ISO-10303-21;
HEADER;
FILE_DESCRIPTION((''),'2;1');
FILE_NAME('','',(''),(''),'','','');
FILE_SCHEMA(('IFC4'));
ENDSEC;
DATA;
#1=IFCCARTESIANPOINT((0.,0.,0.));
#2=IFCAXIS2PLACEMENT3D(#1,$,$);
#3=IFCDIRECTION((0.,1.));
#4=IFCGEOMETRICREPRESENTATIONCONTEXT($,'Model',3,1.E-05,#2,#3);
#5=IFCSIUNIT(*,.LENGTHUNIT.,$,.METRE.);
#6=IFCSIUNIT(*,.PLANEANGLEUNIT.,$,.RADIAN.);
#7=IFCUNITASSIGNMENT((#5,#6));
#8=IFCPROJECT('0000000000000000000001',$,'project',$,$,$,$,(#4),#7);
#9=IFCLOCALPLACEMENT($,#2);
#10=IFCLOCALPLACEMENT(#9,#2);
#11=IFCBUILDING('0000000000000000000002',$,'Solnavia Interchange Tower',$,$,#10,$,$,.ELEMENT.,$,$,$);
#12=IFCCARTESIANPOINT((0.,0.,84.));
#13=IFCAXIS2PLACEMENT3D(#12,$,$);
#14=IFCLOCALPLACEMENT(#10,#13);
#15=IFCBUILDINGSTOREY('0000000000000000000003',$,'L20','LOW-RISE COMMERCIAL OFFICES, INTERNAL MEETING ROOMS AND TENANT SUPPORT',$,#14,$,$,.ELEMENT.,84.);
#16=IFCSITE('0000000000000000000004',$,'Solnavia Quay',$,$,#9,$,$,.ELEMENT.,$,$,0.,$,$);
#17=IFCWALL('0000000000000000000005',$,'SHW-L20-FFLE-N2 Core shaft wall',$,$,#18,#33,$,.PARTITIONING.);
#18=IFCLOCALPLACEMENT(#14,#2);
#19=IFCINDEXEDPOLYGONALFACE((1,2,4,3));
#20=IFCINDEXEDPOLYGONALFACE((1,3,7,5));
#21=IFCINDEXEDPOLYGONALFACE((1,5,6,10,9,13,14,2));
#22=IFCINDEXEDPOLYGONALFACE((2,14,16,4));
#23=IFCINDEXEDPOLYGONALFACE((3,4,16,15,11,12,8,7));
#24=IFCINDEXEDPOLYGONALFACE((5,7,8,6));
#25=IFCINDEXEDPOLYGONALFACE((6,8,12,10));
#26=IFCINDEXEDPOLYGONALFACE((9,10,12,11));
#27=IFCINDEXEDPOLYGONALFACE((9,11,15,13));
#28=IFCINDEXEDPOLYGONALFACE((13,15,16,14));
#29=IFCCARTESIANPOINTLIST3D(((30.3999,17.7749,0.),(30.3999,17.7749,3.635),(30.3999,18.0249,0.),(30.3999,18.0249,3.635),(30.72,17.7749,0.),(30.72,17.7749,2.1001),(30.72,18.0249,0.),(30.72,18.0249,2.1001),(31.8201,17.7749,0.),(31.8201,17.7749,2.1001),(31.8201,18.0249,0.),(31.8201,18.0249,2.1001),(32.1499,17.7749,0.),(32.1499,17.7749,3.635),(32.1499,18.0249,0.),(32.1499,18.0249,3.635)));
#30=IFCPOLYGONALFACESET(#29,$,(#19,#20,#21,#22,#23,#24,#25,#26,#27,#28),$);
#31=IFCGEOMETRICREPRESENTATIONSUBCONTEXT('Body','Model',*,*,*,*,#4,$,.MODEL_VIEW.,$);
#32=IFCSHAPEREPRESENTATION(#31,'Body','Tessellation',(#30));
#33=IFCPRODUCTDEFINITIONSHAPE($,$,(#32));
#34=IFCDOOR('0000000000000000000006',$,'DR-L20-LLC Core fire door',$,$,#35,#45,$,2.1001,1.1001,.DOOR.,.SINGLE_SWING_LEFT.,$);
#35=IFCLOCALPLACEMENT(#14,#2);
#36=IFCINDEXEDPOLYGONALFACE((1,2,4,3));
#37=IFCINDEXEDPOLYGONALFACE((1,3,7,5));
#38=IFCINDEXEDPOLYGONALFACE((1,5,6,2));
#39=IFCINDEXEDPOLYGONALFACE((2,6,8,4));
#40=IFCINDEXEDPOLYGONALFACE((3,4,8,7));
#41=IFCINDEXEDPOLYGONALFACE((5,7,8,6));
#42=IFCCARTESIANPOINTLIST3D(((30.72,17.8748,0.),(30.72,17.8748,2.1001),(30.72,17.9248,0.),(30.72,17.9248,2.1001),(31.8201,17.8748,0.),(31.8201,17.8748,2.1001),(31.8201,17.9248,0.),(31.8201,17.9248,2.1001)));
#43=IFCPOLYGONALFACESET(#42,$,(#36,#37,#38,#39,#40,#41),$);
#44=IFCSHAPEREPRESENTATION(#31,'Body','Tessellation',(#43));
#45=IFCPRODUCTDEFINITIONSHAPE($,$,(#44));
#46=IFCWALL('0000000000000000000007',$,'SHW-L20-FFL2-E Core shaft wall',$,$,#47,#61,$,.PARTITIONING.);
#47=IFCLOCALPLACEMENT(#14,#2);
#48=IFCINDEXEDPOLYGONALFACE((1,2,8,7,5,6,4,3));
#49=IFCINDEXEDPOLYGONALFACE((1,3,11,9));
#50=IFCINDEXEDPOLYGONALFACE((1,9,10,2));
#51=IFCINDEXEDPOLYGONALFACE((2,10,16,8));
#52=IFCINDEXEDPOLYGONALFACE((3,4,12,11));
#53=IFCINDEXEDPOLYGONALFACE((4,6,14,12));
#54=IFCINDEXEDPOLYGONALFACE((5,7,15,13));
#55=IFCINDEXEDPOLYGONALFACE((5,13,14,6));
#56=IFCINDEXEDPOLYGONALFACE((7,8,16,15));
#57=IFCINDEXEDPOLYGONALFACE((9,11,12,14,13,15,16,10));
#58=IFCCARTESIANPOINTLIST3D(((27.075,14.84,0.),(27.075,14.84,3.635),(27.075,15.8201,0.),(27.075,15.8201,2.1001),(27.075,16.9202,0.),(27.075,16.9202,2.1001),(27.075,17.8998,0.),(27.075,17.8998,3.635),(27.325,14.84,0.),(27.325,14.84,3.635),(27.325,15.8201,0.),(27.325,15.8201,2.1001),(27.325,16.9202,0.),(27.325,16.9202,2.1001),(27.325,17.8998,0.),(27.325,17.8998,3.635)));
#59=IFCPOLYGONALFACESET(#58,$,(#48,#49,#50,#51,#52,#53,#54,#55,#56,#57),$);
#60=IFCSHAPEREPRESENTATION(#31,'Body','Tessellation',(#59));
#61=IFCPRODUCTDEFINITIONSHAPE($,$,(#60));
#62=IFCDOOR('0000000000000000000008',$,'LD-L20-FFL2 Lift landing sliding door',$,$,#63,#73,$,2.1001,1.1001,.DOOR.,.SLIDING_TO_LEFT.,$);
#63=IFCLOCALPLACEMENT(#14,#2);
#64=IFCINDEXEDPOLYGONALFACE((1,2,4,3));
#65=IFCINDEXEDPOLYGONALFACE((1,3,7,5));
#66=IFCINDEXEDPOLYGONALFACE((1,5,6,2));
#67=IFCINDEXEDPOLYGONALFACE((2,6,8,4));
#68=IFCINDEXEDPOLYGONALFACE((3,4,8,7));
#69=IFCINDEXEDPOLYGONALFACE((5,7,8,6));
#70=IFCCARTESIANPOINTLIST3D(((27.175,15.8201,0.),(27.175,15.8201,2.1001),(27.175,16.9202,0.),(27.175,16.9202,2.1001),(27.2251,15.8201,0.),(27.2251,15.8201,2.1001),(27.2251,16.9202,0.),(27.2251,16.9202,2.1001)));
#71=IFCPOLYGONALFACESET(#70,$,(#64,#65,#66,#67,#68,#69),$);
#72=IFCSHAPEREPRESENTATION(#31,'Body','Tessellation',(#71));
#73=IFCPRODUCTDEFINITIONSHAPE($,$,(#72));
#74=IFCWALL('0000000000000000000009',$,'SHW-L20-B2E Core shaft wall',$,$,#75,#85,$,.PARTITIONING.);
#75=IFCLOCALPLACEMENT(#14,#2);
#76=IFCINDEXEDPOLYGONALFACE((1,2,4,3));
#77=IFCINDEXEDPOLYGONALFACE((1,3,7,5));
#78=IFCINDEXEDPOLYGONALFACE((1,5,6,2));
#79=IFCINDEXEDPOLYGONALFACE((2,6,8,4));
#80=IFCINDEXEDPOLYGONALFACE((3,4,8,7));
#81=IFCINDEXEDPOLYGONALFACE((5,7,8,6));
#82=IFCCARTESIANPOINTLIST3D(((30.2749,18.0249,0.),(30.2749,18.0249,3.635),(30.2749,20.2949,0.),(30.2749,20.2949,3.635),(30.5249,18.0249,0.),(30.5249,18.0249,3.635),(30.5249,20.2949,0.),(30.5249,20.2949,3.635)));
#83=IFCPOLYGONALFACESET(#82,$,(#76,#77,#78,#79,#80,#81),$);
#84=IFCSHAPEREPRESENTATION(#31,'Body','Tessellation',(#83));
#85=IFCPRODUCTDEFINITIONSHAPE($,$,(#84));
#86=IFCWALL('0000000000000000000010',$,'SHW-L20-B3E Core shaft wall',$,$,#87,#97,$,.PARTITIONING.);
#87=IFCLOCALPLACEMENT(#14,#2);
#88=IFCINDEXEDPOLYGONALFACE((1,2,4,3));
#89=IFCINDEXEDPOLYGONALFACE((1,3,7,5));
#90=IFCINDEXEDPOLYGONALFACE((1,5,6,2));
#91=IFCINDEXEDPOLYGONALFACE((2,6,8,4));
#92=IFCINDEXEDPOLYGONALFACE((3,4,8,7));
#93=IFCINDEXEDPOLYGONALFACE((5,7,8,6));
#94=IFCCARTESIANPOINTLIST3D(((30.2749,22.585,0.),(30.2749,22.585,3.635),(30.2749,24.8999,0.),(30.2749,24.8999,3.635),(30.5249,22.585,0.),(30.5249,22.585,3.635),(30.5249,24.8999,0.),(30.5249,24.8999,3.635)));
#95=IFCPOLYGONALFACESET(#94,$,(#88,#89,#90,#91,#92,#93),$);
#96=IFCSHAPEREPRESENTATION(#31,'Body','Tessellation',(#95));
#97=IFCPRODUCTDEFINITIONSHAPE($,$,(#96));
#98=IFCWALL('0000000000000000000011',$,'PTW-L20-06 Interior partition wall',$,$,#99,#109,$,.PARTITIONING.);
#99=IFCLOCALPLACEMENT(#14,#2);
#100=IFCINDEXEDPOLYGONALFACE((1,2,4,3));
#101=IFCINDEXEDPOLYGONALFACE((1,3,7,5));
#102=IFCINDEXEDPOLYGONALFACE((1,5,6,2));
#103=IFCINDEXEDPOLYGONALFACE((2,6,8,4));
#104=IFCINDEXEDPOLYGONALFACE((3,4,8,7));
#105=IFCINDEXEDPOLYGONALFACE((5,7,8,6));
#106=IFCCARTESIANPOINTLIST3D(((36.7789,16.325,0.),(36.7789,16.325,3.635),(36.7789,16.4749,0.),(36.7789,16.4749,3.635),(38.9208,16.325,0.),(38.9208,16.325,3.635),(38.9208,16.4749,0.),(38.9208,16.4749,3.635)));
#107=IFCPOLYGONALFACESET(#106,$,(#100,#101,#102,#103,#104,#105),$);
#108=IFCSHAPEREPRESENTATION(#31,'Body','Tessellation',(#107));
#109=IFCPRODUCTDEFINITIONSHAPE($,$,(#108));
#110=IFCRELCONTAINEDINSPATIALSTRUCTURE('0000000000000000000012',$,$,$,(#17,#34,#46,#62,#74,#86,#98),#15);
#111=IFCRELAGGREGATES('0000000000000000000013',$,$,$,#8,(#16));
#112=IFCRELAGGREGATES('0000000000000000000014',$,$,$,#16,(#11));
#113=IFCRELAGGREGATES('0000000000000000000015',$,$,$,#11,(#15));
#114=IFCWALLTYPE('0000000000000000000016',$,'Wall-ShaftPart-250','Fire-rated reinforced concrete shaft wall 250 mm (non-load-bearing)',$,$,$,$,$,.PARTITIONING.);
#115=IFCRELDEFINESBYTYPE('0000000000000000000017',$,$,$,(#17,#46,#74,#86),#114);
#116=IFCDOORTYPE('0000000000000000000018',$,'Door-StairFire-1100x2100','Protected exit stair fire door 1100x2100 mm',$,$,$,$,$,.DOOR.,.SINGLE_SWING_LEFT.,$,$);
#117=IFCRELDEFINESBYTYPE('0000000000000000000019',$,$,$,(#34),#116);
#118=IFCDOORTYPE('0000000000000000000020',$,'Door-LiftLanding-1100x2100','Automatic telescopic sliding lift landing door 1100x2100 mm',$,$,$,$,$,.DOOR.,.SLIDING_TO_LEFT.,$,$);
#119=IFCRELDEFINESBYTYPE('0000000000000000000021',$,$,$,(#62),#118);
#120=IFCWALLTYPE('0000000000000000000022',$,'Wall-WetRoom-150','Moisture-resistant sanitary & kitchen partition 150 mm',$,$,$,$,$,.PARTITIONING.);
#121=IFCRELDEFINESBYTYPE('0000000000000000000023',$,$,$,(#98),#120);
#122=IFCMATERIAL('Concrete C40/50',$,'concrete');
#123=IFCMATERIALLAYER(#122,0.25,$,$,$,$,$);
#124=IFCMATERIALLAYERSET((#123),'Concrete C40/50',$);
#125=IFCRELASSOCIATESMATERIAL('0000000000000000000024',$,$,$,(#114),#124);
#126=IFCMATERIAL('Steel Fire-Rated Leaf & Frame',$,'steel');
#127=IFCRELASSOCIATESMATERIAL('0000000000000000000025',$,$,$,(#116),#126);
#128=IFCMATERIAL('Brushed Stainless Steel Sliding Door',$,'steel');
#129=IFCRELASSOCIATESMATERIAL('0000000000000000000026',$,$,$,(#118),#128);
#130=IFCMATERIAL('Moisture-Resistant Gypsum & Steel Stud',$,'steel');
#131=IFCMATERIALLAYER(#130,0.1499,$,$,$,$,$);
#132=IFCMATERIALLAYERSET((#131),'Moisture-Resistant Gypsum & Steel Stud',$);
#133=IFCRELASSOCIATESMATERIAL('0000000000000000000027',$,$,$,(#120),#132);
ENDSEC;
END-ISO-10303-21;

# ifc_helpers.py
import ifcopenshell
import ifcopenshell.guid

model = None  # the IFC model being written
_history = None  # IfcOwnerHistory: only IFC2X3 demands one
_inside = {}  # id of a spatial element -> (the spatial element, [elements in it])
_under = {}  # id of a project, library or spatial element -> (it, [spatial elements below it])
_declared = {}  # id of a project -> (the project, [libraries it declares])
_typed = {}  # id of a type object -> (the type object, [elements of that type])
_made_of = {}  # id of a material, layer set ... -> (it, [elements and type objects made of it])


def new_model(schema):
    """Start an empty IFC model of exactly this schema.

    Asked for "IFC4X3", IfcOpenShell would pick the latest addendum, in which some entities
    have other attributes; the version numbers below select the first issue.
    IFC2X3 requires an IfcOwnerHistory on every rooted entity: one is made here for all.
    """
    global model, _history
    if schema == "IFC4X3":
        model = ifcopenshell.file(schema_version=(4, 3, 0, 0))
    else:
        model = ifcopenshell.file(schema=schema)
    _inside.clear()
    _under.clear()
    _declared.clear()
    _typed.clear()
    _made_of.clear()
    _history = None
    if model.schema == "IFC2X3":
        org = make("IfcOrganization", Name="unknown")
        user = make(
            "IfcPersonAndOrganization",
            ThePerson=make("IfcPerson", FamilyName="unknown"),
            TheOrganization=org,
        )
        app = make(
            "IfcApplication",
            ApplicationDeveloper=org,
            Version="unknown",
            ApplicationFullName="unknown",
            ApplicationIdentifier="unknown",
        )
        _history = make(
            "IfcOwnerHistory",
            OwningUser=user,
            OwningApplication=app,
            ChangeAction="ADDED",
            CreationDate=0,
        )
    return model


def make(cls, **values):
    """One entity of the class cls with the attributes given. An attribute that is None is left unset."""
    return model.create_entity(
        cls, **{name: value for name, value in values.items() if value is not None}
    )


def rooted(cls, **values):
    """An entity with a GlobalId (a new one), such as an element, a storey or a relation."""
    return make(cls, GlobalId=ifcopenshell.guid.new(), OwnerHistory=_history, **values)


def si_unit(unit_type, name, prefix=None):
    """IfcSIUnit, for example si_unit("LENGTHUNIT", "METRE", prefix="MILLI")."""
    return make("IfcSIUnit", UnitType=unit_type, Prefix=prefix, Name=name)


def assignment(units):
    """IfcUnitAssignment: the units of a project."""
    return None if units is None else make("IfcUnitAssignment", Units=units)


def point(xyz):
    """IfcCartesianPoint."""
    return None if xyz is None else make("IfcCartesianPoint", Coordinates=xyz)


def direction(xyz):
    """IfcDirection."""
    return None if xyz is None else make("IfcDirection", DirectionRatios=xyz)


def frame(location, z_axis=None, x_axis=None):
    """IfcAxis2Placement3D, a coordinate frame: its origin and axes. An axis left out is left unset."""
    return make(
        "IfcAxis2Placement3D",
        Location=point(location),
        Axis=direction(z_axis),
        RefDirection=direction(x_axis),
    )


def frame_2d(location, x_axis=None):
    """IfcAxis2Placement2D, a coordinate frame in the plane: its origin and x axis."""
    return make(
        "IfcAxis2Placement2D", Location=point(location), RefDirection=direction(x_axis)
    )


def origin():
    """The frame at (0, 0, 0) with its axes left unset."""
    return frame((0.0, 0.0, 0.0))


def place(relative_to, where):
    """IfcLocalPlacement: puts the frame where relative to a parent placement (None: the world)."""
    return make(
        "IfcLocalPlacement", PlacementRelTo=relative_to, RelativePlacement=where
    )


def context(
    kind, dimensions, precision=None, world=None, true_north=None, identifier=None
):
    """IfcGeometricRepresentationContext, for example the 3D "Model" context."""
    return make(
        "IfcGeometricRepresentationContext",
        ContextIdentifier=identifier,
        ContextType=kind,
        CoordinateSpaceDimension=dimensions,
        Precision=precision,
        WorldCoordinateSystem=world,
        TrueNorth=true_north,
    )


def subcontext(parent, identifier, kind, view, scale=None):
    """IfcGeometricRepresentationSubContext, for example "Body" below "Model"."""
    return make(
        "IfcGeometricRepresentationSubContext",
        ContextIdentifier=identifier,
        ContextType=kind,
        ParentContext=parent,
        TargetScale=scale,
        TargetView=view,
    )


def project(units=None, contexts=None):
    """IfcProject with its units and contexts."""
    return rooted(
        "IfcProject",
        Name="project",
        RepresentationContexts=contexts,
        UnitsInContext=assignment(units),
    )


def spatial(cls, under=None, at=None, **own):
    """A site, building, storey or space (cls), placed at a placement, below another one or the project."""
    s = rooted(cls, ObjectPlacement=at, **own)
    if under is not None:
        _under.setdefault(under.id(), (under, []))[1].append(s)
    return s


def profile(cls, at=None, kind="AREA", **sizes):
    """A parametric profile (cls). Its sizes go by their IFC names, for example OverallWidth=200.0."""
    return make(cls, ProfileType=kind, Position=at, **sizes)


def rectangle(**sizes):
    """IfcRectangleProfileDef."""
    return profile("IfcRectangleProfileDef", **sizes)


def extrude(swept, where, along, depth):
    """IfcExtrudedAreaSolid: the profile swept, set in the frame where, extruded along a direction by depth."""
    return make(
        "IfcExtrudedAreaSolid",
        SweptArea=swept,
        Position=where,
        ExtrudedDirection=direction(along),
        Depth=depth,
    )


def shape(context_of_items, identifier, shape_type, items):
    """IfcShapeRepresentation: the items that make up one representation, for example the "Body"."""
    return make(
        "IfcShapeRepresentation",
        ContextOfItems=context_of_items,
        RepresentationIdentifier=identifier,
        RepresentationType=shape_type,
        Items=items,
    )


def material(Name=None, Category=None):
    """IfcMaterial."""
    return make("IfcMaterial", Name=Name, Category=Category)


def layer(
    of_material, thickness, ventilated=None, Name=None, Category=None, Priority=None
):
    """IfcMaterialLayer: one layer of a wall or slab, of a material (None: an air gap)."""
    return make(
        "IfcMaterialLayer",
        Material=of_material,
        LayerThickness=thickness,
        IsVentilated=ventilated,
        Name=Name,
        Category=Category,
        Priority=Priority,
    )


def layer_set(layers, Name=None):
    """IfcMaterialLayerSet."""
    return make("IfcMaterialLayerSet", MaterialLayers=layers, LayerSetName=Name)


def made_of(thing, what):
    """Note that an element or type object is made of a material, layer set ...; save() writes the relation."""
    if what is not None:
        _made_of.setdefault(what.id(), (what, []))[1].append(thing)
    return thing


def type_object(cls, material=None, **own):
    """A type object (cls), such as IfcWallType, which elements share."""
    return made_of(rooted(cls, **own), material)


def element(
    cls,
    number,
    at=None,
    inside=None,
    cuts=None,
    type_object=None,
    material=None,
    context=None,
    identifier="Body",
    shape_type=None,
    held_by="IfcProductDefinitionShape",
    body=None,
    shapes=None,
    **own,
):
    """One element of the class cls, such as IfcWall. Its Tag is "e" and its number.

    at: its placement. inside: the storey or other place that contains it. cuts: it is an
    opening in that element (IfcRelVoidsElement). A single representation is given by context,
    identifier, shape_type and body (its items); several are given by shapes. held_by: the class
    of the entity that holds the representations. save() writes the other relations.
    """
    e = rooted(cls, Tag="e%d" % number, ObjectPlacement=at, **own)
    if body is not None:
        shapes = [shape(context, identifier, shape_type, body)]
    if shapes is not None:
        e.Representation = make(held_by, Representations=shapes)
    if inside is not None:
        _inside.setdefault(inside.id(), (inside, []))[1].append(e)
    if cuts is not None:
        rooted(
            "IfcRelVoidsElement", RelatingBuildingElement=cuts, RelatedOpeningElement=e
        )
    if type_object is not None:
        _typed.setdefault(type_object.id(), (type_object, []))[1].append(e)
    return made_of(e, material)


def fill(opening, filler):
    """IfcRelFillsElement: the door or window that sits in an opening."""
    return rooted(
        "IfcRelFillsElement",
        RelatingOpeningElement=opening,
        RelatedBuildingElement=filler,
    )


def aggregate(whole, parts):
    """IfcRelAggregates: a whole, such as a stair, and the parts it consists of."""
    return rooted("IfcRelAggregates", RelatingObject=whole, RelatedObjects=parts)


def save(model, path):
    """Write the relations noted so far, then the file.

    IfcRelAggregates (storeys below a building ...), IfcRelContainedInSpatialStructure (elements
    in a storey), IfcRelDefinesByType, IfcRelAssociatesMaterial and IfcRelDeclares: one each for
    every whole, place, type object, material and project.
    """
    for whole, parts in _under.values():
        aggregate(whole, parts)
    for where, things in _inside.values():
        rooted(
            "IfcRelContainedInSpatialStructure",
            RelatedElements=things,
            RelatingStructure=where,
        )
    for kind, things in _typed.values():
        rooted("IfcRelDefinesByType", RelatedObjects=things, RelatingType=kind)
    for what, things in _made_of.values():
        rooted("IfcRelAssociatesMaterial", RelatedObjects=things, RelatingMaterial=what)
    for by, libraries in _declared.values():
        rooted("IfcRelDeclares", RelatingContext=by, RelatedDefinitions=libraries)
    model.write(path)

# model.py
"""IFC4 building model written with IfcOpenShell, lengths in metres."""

from ifc_helpers import new_model, si_unit, direction, frame, frame_2d, origin, place, context, subcontext, project, spatial, rectangle, extrude, material, layer, layer_set, type_object, element, fill, save


model = new_model("IFC4")

# Units and contexts
model_context = context("Model", 3, precision=1e-05, world=origin(), true_north=direction((0.0, 1.0)))
body_context = subcontext(model_context, "Body", "Model", "MODEL_VIEW")
ifc_project = project(units=[si_unit("LENGTHUNIT", "METRE"), si_unit("PLANEANGLEUNIT", "RADIAN")], contexts=[model_context])

# Site, building, storey
site_placement = place(None, origin())
site = spatial("IfcSite", under=ifc_project, at=site_placement, Name="Solnavia Quay", CompositionType="ELEMENT", RefElevation=0.0)
building_placement = place(site_placement, origin())
building = spatial("IfcBuilding", under=site, at=building_placement, Name="Solnavia Interchange Tower", CompositionType="ELEMENT")
storey_placement = place(building_placement, frame((0.0, 0.0, 84.0)))
storey = spatial("IfcBuildingStorey", under=building, at=storey_placement, Name="L20", Description="LOW-RISE COMMERCIAL OFFICES, INTERNAL MEETING ROOMS AND TENANT SUPPORT", CompositionType="ELEMENT", Elevation=84.0)

# Shared definitions
ifc_material_1 = material(Name="Concrete C40/50", Category="concrete")

# Walls, openings, doors
ifc_layer_1 = layer(ifc_material_1, 0.25)
ifc_layer_set_1 = layer_set([ifc_layer_1], Name="Concrete C40/50")
wall_type_1 = type_object("IfcWallType", Name="Wall-ShaftPart-250", Description="Fire-rated reinforced concrete shaft wall 250 mm (non-load-bearing)", PredefinedType="PARTITIONING", material=ifc_layer_set_1)
wall_1_placement = place(storey_placement, frame((30.3999, 17.8999, 0.0), z_axis=(0.0, 0.0, 1.0), x_axis=(1.0, 0.0, 0.0)))
wall_1 = element("IfcWall", 1, at=wall_1_placement, inside=storey, type_object=wall_type_1, Name="SHW-L20-FFLE-N2 Core shaft wall", PredefinedType="PARTITIONING", context=body_context, shape_type="SweptSolid", body=[
    extrude(rectangle(XDim=1.75, YDim=0.25, at=frame_2d((0.875, 0.0))), origin(), (0.0, 0.0, 1.0), 3.635),
])
opening_1_placement = place(wall_1_placement, frame((0.3201, 0.0, 0.0)))
opening_1 = element("IfcOpeningElement", 2, at=opening_1_placement, cuts=wall_1, PredefinedType="OPENING", context=body_context, shape_type="SweptSolid", body=[
    extrude(rectangle(XDim=1.1001, YDim=2.1001, at=frame_2d((0.55, 1.05))), frame((0.0, 0.135, 0.0), z_axis=(0.0, -1.0, 0.0), x_axis=(1.0, 0.0, 0.0)), (0.0, 0.0, 1.0), 0.27),
])
ifc_material_2 = material(Name="Steel Fire-Rated Leaf & Frame", Category="steel")
door_type_1 = type_object("IfcDoorType", Name="Door-StairFire-1100x2100", Description="Protected exit stair fire door 1100x2100 mm", OperationType="SINGLE_SWING_LEFT", PredefinedType="DOOR", material=ifc_material_2)
door_1_placement = place(opening_1_placement, origin())
door_1 = element("IfcDoor", 3, at=door_1_placement, inside=storey, type_object=door_type_1, Name="DR-L20-LLC Core fire door", OperationType="SINGLE_SWING_LEFT", OverallHeight=2.1001, OverallWidth=1.1001, PredefinedType="DOOR", context=body_context, shape_type="SweptSolid", body=[
    extrude(rectangle(XDim=1.1001, YDim=2.1001, at=frame_2d((0.55, 1.05))), frame((0.0, 0.0249, 0.0), z_axis=(0.0, -1.0, 0.0), x_axis=(1.0, 0.0, 0.0)), (0.0, 0.0, 1.0), 0.05),
])
fill(opening_1, door_1)
wall_2_placement = place(storey_placement, frame((27.2, 14.8401, 0.0), z_axis=(0.0, 0.0, 1.0), x_axis=(0.0, 1.0, 0.0)))
wall_2 = element("IfcWall", 4, at=wall_2_placement, inside=storey, type_object=wall_type_1, Name="SHW-L20-FFL2-E Core shaft wall", PredefinedType="PARTITIONING", context=body_context, shape_type="SweptSolid", body=[
    extrude(rectangle(XDim=3.0598, YDim=0.25, at=frame_2d((1.5298, 0.0))), origin(), (0.0, 0.0, 1.0), 3.635),
])
opening_2_placement = place(wall_2_placement, frame((0.98, 0.0, 0.0)))
opening_2 = element("IfcOpeningElement", 5, at=opening_2_placement, cuts=wall_2, PredefinedType="OPENING", context=body_context, shape_type="SweptSolid", body=[
    extrude(rectangle(XDim=1.1001, YDim=2.1001, at=frame_2d((0.55, 1.05))), frame((0.0, 0.135, 0.0), z_axis=(0.0, -1.0, 0.0), x_axis=(1.0, 0.0, 0.0)), (0.0, 0.0, 1.0), 0.27),
])
ifc_material_3 = material(Name="Brushed Stainless Steel Sliding Door", Category="steel")
door_type_2 = type_object("IfcDoorType", Name="Door-LiftLanding-1100x2100", Description="Automatic telescopic sliding lift landing door 1100x2100 mm", OperationType="SLIDING_TO_LEFT", PredefinedType="DOOR", material=ifc_material_3)
door_2_placement = place(opening_2_placement, origin())
door_2 = element("IfcDoor", 6, at=door_2_placement, inside=storey, type_object=door_type_2, Name="LD-L20-FFL2 Lift landing sliding door", OperationType="SLIDING_TO_LEFT", OverallHeight=2.1001, OverallWidth=1.1001, PredefinedType="DOOR", context=body_context, shape_type="SweptSolid", body=[
    extrude(rectangle(XDim=1.1001, YDim=2.1001, at=frame_2d((0.55, 1.05))), frame((0.0, 0.0249, 0.0), z_axis=(0.0, -1.0, 0.0), x_axis=(1.0, 0.0, 0.0)), (0.0, 0.0, 1.0), 0.05),
])
fill(opening_2, door_2)

# Walls
wall_3_placement = place(storey_placement, frame((30.3999, 18.0249, 0.0), z_axis=(0.0, 0.0, 1.0), x_axis=(0.0, 1.0, 0.0)))
element("IfcWall", 7, at=wall_3_placement, inside=storey, type_object=wall_type_1, Name="SHW-L20-B2E Core shaft wall", PredefinedType="PARTITIONING", context=body_context, shape_type="SweptSolid", body=[
    extrude(rectangle(XDim=2.27, YDim=0.25, at=frame_2d((1.135, 0.0))), origin(), (0.0, 0.0, 1.0), 3.635),
])
wall_4_placement = place(storey_placement, frame((30.3999, 22.585, 0.0), z_axis=(0.0, 0.0, 1.0), x_axis=(0.0, 1.0, 0.0)))
element("IfcWall", 8, at=wall_4_placement, inside=storey, type_object=wall_type_1, Name="SHW-L20-B3E Core shaft wall", PredefinedType="PARTITIONING", context=body_context, shape_type="SweptSolid", body=[
    extrude(rectangle(XDim=2.3149, YDim=0.25, at=frame_2d((1.1575, 0.0))), origin(), (0.0, 0.0, 1.0), 3.635),
])
ifc_material_4 = material(Name="Moisture-Resistant Gypsum & Steel Stud", Category="steel")
ifc_layer_2 = layer(ifc_material_4, 0.1499)
ifc_layer_set_2 = layer_set([ifc_layer_2], Name="Moisture-Resistant Gypsum & Steel Stud")
wall_type_2 = type_object("IfcWallType", Name="Wall-WetRoom-150", Description="Moisture-resistant sanitary & kitchen partition 150 mm", PredefinedType="PARTITIONING", material=ifc_layer_set_2)
wall_5_placement = place(storey_placement, frame((36.7791, 16.3999, 0.0), z_axis=(0.0, 0.0, 1.0), x_axis=(1.0, 0.0, 0.0)))
element("IfcWall", 9, at=wall_5_placement, inside=storey, type_object=wall_type_2, Name="PTW-L20-06 Interior partition wall", PredefinedType="PARTITIONING", context=body_context, shape_type="SweptSolid", body=[
    extrude(rectangle(XDim=2.1418, YDim=0.1499, at=frame_2d((1.0708, 0.0))), origin(), (0.0, 0.0, 1.0), 3.635),
])

save(model, "model.ifc")
